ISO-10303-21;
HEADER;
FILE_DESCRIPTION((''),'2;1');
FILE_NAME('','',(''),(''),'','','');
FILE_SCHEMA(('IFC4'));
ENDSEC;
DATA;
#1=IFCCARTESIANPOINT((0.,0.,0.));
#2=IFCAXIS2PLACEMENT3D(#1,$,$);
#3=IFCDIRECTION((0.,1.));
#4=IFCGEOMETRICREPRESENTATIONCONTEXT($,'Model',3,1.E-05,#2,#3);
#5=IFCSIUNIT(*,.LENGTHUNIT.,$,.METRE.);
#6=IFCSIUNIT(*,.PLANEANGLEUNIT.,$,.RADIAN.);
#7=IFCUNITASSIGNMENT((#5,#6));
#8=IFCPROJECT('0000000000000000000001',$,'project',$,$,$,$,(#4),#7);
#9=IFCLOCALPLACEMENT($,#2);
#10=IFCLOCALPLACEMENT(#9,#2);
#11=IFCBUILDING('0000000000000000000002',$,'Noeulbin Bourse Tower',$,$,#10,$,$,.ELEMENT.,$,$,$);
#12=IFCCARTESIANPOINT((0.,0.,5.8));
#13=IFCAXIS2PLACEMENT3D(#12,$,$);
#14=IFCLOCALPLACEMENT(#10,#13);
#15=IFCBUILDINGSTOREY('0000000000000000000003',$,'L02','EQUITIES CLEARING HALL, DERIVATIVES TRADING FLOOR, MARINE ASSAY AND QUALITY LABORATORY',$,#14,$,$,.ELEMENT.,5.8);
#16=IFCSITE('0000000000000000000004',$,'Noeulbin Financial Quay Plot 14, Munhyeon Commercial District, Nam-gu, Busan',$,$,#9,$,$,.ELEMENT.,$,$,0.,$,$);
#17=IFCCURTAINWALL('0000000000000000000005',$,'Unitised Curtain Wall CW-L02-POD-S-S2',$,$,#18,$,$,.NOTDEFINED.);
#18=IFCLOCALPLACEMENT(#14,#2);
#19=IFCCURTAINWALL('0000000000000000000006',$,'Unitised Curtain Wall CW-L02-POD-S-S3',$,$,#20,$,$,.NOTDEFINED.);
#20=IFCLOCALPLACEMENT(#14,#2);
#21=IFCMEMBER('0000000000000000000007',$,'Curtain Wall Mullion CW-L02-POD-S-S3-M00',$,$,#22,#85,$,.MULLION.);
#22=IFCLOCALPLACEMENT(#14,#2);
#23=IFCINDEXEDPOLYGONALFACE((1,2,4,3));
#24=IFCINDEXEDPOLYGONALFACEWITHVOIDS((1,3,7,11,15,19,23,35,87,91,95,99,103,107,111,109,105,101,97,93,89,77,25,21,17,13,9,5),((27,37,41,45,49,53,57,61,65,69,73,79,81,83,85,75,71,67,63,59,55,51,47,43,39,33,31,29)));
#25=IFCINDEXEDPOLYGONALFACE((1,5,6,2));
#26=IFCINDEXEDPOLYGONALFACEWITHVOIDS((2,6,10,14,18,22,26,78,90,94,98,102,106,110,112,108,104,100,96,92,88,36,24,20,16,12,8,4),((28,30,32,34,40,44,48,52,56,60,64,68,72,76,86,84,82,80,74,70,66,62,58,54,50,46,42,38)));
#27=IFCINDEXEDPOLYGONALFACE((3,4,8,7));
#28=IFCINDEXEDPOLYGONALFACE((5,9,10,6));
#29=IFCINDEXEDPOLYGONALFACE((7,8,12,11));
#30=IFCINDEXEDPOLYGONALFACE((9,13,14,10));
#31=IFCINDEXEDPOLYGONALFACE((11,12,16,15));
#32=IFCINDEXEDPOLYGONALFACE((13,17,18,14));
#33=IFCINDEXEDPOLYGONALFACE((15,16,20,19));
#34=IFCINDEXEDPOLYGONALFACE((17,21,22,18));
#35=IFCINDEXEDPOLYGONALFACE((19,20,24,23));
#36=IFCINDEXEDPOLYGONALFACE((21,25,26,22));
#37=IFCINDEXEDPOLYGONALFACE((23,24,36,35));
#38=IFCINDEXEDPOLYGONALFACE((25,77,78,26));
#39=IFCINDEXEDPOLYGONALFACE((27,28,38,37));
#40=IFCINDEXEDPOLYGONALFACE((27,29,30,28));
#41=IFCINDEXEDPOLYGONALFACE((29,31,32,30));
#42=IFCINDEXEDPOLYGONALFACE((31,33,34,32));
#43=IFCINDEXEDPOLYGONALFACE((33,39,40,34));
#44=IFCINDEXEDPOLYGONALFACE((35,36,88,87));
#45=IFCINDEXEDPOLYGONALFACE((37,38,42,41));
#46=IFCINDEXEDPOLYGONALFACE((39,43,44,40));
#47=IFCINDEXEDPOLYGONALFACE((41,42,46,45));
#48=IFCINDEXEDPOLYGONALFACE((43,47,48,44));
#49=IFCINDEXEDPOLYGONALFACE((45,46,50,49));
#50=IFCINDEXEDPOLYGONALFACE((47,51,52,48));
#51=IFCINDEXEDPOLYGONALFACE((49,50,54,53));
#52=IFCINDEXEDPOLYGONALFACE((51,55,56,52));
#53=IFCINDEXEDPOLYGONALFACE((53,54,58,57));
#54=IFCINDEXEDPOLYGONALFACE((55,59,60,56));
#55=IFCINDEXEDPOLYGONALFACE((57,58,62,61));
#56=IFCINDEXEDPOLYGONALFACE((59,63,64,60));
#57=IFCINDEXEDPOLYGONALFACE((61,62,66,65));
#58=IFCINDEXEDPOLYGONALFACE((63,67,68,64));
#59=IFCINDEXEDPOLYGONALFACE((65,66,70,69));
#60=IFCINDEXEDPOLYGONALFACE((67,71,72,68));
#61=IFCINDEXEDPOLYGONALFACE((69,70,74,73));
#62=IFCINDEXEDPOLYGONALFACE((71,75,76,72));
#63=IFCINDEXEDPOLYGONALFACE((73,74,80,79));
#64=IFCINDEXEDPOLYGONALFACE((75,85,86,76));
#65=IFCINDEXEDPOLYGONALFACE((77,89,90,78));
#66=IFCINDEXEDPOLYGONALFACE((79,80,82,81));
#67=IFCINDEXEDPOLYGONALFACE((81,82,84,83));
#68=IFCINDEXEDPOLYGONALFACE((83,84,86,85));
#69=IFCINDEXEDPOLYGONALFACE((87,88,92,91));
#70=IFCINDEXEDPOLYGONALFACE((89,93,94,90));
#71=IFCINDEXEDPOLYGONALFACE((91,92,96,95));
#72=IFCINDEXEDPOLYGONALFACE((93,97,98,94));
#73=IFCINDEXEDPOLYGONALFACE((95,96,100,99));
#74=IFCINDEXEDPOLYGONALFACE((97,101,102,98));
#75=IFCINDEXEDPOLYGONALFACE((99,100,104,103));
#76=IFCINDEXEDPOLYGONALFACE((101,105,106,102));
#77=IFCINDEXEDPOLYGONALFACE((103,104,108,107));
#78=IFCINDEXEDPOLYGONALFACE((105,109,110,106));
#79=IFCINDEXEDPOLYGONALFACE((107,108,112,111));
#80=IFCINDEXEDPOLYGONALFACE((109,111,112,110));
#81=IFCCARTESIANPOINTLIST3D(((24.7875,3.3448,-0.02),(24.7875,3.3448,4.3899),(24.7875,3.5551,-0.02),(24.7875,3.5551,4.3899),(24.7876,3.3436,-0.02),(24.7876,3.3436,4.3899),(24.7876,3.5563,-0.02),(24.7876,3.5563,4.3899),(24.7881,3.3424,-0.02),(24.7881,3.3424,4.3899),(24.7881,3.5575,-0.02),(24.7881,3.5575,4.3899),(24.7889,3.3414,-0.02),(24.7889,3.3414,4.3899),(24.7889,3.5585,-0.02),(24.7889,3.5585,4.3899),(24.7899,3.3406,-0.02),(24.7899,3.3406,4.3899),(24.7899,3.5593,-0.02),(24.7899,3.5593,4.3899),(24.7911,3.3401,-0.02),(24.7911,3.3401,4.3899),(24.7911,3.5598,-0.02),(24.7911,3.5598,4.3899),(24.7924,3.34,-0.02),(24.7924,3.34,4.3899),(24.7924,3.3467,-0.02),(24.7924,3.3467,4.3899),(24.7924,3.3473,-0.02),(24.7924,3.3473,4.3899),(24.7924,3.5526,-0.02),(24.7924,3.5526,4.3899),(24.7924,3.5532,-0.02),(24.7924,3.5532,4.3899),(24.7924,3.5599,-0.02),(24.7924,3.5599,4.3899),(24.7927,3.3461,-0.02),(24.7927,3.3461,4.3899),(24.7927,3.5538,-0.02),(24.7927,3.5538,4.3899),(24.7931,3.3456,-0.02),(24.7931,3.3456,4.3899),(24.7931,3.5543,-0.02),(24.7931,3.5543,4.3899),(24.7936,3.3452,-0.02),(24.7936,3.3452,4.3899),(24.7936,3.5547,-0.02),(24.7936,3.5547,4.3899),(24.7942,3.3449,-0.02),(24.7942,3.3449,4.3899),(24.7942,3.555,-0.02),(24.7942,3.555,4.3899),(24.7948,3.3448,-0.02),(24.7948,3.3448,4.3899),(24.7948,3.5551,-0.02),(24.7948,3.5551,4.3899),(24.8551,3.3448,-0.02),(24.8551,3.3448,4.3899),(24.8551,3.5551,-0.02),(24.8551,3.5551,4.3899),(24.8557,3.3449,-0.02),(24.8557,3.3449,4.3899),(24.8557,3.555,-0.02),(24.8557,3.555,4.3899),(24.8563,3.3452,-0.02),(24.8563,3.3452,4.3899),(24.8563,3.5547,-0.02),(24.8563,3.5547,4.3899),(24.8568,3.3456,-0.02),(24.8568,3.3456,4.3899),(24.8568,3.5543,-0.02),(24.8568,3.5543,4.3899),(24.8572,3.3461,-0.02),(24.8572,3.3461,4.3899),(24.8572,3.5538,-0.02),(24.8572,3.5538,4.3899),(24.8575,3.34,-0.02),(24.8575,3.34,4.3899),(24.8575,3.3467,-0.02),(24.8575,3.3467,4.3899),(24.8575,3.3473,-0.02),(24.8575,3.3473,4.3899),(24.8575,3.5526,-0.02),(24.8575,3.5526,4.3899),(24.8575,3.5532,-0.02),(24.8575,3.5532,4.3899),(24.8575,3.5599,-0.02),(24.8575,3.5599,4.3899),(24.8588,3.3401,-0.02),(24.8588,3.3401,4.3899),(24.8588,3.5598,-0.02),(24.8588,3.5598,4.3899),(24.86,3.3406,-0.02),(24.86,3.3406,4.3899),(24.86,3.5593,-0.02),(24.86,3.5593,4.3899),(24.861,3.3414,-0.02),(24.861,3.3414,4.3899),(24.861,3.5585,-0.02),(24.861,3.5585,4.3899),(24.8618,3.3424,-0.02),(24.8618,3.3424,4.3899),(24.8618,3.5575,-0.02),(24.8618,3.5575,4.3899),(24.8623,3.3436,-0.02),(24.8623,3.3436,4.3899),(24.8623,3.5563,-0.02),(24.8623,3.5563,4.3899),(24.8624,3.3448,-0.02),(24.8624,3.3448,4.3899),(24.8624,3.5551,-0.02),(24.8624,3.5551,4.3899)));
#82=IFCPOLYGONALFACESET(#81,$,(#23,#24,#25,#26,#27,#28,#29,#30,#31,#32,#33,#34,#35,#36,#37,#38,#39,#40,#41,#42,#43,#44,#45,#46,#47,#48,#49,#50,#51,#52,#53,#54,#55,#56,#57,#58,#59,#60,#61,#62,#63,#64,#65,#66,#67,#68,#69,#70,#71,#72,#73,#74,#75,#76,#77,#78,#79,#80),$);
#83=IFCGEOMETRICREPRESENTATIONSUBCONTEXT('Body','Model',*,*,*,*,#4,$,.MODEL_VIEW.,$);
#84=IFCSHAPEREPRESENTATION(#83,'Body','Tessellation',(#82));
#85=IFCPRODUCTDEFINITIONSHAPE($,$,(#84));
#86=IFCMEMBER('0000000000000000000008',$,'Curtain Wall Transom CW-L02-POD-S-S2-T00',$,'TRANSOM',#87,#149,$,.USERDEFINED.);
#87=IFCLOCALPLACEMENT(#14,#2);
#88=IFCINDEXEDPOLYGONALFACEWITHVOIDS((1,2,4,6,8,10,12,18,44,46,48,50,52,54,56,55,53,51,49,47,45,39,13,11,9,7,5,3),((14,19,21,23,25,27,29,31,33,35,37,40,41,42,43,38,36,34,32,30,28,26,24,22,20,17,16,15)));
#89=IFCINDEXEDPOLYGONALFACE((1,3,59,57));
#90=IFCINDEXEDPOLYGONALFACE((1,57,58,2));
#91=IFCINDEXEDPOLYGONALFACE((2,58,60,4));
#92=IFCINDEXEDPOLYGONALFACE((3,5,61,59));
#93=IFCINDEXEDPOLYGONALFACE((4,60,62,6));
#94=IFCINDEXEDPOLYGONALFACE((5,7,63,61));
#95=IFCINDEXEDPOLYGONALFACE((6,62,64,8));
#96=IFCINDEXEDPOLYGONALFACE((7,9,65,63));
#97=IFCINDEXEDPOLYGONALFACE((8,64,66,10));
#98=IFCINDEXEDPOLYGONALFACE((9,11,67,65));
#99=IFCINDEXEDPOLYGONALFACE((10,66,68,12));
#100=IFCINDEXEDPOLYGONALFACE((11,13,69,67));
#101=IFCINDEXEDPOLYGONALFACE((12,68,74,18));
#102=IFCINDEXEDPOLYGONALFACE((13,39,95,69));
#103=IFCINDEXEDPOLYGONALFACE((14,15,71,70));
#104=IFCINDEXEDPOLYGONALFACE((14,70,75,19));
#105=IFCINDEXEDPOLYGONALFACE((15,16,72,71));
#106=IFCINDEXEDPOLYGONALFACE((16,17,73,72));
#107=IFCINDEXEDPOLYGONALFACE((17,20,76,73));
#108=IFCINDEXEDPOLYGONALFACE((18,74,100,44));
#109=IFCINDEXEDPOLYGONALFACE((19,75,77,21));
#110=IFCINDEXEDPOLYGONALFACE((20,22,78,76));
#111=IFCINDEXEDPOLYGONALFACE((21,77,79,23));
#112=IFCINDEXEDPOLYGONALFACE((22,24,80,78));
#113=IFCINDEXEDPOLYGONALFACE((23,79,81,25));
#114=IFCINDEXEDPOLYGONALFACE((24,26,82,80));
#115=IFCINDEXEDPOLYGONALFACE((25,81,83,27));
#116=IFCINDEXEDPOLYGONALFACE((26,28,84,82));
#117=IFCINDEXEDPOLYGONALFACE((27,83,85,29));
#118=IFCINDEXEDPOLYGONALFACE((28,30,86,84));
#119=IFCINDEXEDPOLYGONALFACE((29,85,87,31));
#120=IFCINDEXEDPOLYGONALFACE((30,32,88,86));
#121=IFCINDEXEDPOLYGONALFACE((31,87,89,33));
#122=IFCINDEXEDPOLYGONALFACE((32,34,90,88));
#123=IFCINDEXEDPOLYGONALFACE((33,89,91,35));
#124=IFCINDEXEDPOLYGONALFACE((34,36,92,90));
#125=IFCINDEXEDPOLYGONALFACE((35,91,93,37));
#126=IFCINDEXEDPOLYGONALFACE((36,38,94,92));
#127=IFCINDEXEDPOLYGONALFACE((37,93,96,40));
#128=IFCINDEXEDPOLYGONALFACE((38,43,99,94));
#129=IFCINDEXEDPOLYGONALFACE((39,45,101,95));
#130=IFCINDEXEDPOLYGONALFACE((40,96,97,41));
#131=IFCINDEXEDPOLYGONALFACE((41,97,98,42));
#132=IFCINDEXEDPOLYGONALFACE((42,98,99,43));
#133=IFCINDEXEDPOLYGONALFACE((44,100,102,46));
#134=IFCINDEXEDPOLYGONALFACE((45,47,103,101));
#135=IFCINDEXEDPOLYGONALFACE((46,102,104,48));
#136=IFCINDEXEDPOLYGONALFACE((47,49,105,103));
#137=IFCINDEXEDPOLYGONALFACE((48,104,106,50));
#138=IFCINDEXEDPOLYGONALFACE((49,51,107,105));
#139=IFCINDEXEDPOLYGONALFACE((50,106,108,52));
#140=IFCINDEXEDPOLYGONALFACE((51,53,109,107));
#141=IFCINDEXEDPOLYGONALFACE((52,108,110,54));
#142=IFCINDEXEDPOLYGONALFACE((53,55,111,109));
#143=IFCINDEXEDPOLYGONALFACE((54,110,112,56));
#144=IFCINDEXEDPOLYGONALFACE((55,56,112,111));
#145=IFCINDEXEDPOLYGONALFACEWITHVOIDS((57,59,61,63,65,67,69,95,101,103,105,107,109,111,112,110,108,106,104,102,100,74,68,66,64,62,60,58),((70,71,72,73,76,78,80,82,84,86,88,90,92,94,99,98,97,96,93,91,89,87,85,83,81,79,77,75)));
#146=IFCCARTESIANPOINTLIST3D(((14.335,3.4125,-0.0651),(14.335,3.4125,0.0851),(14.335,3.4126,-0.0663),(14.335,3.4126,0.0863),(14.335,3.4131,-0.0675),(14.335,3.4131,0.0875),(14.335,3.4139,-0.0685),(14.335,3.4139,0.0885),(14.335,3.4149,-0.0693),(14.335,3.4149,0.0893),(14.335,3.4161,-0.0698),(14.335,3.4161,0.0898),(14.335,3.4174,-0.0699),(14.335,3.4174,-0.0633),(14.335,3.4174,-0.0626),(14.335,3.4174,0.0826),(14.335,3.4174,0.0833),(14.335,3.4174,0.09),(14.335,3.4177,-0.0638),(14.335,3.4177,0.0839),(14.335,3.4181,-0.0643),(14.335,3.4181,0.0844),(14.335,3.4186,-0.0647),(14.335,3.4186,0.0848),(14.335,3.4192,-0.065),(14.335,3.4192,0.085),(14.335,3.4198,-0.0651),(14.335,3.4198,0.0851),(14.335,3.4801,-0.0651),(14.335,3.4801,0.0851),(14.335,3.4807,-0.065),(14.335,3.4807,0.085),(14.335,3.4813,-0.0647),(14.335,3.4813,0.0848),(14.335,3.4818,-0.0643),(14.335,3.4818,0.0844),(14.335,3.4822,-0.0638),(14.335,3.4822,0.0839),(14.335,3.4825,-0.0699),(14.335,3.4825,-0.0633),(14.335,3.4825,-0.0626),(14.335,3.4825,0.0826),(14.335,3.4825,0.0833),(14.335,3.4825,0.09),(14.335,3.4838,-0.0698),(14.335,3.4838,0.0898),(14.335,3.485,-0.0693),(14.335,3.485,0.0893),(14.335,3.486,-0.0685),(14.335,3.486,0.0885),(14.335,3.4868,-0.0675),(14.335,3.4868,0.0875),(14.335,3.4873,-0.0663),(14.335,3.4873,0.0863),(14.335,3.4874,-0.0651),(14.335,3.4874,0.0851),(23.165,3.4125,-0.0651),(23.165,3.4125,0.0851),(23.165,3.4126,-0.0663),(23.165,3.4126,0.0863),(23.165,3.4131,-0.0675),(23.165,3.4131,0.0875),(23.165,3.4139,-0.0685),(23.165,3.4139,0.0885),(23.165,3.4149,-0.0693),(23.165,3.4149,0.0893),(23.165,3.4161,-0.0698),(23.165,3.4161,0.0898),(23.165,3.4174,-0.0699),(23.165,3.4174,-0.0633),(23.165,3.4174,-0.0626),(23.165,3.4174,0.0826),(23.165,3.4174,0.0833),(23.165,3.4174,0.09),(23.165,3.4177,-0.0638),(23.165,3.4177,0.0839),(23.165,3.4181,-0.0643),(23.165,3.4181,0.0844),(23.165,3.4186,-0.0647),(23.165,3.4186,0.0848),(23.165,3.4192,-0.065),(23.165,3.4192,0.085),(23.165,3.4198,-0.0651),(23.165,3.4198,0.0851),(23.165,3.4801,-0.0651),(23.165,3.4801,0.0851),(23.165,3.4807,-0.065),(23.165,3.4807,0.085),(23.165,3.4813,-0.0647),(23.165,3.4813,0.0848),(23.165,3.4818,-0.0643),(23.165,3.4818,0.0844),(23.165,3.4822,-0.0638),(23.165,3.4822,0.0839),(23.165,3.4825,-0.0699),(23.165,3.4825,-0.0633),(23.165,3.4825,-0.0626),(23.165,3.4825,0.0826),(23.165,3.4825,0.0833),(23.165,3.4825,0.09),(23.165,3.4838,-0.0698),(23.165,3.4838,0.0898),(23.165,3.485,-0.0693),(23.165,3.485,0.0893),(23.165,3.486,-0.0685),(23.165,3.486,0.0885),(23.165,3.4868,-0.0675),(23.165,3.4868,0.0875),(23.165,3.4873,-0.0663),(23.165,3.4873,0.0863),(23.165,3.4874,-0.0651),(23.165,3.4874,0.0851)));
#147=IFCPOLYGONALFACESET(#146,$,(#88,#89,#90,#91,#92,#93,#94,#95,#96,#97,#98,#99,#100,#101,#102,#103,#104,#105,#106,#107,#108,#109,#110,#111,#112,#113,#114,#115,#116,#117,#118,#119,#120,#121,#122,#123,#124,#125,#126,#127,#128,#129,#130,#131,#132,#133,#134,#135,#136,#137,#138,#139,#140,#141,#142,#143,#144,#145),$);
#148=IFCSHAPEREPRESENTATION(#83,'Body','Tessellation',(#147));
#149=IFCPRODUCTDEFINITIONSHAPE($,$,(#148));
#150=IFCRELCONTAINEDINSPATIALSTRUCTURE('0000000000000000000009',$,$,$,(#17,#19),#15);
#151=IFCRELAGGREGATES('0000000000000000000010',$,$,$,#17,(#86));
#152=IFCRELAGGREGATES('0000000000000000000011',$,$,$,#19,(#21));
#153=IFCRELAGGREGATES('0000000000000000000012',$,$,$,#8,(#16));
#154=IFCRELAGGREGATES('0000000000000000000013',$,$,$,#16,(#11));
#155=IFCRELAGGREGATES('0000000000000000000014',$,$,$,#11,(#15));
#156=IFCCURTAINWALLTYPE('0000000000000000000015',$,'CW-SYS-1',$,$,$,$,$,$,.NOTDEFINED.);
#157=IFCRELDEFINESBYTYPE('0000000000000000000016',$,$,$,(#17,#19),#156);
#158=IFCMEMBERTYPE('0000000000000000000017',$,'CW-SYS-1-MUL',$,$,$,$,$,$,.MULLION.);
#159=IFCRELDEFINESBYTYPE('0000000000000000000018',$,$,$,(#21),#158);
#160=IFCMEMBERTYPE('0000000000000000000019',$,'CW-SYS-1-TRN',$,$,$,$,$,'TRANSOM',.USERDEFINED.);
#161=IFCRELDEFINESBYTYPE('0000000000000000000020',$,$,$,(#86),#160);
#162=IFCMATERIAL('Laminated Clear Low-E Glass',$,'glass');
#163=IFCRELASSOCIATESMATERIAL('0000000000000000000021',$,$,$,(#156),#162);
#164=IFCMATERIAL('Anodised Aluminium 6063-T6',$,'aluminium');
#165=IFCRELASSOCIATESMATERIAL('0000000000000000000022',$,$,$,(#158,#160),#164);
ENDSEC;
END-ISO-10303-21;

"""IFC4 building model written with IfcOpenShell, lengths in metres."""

from ifc_helpers import new_model, si_unit, direction, frame, origin, origin_2d, place, context, subcontext, project, spatial, hollow_rectangle, extrude, material, material_profile, profile_set, type_object, element, aggregate, save


model = new_model("IFC4")

# Units and contexts
model_context = context("Model", 3, precision=1e-05, world=origin(), true_north=direction((0.0, 1.0)))
body_context = subcontext(model_context, "Body", "Model", "MODEL_VIEW")
ifc_project = project(units=[si_unit("LENGTHUNIT", "METRE"), si_unit("PLANEANGLEUNIT", "RADIAN")], contexts=[model_context])

# Site, building, storey
site_placement = place(None, origin())
site = spatial("IfcSite", under=ifc_project, at=site_placement, Name="Noeulbin Financial Quay Plot 14, Munhyeon Commercial District, Nam-gu, Busan", CompositionType="ELEMENT", RefElevation=0.0)
building_placement = place(site_placement, origin())
building = spatial("IfcBuilding", under=site, at=building_placement, Name="Noeulbin Bourse Tower", CompositionType="ELEMENT")
storey_placement = place(building_placement, frame((0.0, 0.0, 5.8)))
storey = spatial("IfcBuildingStorey", under=building, at=storey_placement, Name="L02", Description="EQUITIES CLEARING HALL, DERIVATIVES TRADING FLOOR, MARINE ASSAY AND QUALITY LABORATORY", CompositionType="ELEMENT", Elevation=5.8)

# Curtain wall
ifc_material_1 = material(Name="Laminated Clear Low-E Glass", Category="glass")
curtain_wall_type = type_object("IfcCurtainWallType", Name="CW-SYS-1", PredefinedType="NOTDEFINED", material=ifc_material_1)
curtain_wall_1_placement = place(storey_placement, origin())
curtain_wall_1 = element("IfcCurtainWall", 1, at=curtain_wall_1_placement, inside=storey, type_object=curtain_wall_type, Name="Unitised Curtain Wall CW-L02-POD-S-S2", PredefinedType="NOTDEFINED")
ifc_material_2 = material(Name="Anodised Aluminium 6063-T6", Category="aluminium")
ifc_material_profile_1 = material_profile(ifc_material_2, hollow_rectangle(XDim=0.075, YDim=0.22, WallThickness=0.0049, InnerFilletRadius=0.0024, OuterFilletRadius=0.0049, at=origin_2d()), Name="ALU-MULL-75x220x5", Category="LoadBearing")
ifc_profile_set_1 = profile_set([ifc_material_profile_1], Name="Anodised Aluminium 6063-T6")
member_type_1 = type_object("IfcMemberType", Name="CW-SYS-1-MUL", PredefinedType="MULLION", material=ifc_profile_set_1)

# Curtain wall, member
curtain_wall_2_placement = place(storey_placement, origin())
curtain_wall_2 = element("IfcCurtainWall", 2, at=curtain_wall_2_placement, inside=storey, type_object=curtain_wall_type, Name="Unitised Curtain Wall CW-L02-POD-S-S3", PredefinedType="NOTDEFINED")
member_1_placement = place(storey_placement, frame((24.825, 3.45, -0.02), z_axis=(0.0, 0.0, 1.0), x_axis=(1.0, 0.0, 0.0)))
member_1 = element("IfcMember", 3, at=member_1_placement, type_object=member_type_1, Name="Curtain Wall Mullion CW-L02-POD-S-S3-M00", PredefinedType="MULLION", context=body_context, shape_type="SweptSolid", body=[
    extrude(hollow_rectangle(XDim=0.075, YDim=0.22, WallThickness=0.0049, InnerFilletRadius=0.0024, OuterFilletRadius=0.0049, at=origin_2d()), origin(), (0.0, 0.0, 1.0), 4.4099),
])

# Member
ifc_material_profile_2 = material_profile(ifc_material_2, hollow_rectangle(XDim=0.075, YDim=0.1599, WallThickness=0.0049, InnerFilletRadius=0.0024, OuterFilletRadius=0.0049, at=origin_2d()), Name="ALU-TRAN-75x160x5", Category="LoadBearing")
ifc_profile_set_2 = profile_set([ifc_material_profile_2], Name="Anodised Aluminium 6063-T6")
member_type_2 = type_object("IfcMemberType", Name="CW-SYS-1-TRN", ElementType="TRANSOM", PredefinedType="USERDEFINED", material=ifc_profile_set_2)
member_2_placement = place(storey_placement, frame((14.335, 3.45, 0.01), z_axis=(1.0, 0.0, 0.0), x_axis=(0.0, 1.0, 0.0)))
member_2 = element("IfcMember", 4, at=member_2_placement, type_object=member_type_2, Name="Curtain Wall Transom CW-L02-POD-S-S2-T00", ObjectType="TRANSOM", PredefinedType="USERDEFINED", context=body_context, shape_type="SweptSolid", body=[
    extrude(hollow_rectangle(XDim=0.075, YDim=0.1599, WallThickness=0.0049, InnerFilletRadius=0.0024, OuterFilletRadius=0.0049, at=origin_2d()), origin(), (0.0, 0.0, 1.0), 8.8301),
])

aggregate(curtain_wall_1, [member_2])
aggregate(curtain_wall_2, [member_1])

save(model, "model.ifc")
